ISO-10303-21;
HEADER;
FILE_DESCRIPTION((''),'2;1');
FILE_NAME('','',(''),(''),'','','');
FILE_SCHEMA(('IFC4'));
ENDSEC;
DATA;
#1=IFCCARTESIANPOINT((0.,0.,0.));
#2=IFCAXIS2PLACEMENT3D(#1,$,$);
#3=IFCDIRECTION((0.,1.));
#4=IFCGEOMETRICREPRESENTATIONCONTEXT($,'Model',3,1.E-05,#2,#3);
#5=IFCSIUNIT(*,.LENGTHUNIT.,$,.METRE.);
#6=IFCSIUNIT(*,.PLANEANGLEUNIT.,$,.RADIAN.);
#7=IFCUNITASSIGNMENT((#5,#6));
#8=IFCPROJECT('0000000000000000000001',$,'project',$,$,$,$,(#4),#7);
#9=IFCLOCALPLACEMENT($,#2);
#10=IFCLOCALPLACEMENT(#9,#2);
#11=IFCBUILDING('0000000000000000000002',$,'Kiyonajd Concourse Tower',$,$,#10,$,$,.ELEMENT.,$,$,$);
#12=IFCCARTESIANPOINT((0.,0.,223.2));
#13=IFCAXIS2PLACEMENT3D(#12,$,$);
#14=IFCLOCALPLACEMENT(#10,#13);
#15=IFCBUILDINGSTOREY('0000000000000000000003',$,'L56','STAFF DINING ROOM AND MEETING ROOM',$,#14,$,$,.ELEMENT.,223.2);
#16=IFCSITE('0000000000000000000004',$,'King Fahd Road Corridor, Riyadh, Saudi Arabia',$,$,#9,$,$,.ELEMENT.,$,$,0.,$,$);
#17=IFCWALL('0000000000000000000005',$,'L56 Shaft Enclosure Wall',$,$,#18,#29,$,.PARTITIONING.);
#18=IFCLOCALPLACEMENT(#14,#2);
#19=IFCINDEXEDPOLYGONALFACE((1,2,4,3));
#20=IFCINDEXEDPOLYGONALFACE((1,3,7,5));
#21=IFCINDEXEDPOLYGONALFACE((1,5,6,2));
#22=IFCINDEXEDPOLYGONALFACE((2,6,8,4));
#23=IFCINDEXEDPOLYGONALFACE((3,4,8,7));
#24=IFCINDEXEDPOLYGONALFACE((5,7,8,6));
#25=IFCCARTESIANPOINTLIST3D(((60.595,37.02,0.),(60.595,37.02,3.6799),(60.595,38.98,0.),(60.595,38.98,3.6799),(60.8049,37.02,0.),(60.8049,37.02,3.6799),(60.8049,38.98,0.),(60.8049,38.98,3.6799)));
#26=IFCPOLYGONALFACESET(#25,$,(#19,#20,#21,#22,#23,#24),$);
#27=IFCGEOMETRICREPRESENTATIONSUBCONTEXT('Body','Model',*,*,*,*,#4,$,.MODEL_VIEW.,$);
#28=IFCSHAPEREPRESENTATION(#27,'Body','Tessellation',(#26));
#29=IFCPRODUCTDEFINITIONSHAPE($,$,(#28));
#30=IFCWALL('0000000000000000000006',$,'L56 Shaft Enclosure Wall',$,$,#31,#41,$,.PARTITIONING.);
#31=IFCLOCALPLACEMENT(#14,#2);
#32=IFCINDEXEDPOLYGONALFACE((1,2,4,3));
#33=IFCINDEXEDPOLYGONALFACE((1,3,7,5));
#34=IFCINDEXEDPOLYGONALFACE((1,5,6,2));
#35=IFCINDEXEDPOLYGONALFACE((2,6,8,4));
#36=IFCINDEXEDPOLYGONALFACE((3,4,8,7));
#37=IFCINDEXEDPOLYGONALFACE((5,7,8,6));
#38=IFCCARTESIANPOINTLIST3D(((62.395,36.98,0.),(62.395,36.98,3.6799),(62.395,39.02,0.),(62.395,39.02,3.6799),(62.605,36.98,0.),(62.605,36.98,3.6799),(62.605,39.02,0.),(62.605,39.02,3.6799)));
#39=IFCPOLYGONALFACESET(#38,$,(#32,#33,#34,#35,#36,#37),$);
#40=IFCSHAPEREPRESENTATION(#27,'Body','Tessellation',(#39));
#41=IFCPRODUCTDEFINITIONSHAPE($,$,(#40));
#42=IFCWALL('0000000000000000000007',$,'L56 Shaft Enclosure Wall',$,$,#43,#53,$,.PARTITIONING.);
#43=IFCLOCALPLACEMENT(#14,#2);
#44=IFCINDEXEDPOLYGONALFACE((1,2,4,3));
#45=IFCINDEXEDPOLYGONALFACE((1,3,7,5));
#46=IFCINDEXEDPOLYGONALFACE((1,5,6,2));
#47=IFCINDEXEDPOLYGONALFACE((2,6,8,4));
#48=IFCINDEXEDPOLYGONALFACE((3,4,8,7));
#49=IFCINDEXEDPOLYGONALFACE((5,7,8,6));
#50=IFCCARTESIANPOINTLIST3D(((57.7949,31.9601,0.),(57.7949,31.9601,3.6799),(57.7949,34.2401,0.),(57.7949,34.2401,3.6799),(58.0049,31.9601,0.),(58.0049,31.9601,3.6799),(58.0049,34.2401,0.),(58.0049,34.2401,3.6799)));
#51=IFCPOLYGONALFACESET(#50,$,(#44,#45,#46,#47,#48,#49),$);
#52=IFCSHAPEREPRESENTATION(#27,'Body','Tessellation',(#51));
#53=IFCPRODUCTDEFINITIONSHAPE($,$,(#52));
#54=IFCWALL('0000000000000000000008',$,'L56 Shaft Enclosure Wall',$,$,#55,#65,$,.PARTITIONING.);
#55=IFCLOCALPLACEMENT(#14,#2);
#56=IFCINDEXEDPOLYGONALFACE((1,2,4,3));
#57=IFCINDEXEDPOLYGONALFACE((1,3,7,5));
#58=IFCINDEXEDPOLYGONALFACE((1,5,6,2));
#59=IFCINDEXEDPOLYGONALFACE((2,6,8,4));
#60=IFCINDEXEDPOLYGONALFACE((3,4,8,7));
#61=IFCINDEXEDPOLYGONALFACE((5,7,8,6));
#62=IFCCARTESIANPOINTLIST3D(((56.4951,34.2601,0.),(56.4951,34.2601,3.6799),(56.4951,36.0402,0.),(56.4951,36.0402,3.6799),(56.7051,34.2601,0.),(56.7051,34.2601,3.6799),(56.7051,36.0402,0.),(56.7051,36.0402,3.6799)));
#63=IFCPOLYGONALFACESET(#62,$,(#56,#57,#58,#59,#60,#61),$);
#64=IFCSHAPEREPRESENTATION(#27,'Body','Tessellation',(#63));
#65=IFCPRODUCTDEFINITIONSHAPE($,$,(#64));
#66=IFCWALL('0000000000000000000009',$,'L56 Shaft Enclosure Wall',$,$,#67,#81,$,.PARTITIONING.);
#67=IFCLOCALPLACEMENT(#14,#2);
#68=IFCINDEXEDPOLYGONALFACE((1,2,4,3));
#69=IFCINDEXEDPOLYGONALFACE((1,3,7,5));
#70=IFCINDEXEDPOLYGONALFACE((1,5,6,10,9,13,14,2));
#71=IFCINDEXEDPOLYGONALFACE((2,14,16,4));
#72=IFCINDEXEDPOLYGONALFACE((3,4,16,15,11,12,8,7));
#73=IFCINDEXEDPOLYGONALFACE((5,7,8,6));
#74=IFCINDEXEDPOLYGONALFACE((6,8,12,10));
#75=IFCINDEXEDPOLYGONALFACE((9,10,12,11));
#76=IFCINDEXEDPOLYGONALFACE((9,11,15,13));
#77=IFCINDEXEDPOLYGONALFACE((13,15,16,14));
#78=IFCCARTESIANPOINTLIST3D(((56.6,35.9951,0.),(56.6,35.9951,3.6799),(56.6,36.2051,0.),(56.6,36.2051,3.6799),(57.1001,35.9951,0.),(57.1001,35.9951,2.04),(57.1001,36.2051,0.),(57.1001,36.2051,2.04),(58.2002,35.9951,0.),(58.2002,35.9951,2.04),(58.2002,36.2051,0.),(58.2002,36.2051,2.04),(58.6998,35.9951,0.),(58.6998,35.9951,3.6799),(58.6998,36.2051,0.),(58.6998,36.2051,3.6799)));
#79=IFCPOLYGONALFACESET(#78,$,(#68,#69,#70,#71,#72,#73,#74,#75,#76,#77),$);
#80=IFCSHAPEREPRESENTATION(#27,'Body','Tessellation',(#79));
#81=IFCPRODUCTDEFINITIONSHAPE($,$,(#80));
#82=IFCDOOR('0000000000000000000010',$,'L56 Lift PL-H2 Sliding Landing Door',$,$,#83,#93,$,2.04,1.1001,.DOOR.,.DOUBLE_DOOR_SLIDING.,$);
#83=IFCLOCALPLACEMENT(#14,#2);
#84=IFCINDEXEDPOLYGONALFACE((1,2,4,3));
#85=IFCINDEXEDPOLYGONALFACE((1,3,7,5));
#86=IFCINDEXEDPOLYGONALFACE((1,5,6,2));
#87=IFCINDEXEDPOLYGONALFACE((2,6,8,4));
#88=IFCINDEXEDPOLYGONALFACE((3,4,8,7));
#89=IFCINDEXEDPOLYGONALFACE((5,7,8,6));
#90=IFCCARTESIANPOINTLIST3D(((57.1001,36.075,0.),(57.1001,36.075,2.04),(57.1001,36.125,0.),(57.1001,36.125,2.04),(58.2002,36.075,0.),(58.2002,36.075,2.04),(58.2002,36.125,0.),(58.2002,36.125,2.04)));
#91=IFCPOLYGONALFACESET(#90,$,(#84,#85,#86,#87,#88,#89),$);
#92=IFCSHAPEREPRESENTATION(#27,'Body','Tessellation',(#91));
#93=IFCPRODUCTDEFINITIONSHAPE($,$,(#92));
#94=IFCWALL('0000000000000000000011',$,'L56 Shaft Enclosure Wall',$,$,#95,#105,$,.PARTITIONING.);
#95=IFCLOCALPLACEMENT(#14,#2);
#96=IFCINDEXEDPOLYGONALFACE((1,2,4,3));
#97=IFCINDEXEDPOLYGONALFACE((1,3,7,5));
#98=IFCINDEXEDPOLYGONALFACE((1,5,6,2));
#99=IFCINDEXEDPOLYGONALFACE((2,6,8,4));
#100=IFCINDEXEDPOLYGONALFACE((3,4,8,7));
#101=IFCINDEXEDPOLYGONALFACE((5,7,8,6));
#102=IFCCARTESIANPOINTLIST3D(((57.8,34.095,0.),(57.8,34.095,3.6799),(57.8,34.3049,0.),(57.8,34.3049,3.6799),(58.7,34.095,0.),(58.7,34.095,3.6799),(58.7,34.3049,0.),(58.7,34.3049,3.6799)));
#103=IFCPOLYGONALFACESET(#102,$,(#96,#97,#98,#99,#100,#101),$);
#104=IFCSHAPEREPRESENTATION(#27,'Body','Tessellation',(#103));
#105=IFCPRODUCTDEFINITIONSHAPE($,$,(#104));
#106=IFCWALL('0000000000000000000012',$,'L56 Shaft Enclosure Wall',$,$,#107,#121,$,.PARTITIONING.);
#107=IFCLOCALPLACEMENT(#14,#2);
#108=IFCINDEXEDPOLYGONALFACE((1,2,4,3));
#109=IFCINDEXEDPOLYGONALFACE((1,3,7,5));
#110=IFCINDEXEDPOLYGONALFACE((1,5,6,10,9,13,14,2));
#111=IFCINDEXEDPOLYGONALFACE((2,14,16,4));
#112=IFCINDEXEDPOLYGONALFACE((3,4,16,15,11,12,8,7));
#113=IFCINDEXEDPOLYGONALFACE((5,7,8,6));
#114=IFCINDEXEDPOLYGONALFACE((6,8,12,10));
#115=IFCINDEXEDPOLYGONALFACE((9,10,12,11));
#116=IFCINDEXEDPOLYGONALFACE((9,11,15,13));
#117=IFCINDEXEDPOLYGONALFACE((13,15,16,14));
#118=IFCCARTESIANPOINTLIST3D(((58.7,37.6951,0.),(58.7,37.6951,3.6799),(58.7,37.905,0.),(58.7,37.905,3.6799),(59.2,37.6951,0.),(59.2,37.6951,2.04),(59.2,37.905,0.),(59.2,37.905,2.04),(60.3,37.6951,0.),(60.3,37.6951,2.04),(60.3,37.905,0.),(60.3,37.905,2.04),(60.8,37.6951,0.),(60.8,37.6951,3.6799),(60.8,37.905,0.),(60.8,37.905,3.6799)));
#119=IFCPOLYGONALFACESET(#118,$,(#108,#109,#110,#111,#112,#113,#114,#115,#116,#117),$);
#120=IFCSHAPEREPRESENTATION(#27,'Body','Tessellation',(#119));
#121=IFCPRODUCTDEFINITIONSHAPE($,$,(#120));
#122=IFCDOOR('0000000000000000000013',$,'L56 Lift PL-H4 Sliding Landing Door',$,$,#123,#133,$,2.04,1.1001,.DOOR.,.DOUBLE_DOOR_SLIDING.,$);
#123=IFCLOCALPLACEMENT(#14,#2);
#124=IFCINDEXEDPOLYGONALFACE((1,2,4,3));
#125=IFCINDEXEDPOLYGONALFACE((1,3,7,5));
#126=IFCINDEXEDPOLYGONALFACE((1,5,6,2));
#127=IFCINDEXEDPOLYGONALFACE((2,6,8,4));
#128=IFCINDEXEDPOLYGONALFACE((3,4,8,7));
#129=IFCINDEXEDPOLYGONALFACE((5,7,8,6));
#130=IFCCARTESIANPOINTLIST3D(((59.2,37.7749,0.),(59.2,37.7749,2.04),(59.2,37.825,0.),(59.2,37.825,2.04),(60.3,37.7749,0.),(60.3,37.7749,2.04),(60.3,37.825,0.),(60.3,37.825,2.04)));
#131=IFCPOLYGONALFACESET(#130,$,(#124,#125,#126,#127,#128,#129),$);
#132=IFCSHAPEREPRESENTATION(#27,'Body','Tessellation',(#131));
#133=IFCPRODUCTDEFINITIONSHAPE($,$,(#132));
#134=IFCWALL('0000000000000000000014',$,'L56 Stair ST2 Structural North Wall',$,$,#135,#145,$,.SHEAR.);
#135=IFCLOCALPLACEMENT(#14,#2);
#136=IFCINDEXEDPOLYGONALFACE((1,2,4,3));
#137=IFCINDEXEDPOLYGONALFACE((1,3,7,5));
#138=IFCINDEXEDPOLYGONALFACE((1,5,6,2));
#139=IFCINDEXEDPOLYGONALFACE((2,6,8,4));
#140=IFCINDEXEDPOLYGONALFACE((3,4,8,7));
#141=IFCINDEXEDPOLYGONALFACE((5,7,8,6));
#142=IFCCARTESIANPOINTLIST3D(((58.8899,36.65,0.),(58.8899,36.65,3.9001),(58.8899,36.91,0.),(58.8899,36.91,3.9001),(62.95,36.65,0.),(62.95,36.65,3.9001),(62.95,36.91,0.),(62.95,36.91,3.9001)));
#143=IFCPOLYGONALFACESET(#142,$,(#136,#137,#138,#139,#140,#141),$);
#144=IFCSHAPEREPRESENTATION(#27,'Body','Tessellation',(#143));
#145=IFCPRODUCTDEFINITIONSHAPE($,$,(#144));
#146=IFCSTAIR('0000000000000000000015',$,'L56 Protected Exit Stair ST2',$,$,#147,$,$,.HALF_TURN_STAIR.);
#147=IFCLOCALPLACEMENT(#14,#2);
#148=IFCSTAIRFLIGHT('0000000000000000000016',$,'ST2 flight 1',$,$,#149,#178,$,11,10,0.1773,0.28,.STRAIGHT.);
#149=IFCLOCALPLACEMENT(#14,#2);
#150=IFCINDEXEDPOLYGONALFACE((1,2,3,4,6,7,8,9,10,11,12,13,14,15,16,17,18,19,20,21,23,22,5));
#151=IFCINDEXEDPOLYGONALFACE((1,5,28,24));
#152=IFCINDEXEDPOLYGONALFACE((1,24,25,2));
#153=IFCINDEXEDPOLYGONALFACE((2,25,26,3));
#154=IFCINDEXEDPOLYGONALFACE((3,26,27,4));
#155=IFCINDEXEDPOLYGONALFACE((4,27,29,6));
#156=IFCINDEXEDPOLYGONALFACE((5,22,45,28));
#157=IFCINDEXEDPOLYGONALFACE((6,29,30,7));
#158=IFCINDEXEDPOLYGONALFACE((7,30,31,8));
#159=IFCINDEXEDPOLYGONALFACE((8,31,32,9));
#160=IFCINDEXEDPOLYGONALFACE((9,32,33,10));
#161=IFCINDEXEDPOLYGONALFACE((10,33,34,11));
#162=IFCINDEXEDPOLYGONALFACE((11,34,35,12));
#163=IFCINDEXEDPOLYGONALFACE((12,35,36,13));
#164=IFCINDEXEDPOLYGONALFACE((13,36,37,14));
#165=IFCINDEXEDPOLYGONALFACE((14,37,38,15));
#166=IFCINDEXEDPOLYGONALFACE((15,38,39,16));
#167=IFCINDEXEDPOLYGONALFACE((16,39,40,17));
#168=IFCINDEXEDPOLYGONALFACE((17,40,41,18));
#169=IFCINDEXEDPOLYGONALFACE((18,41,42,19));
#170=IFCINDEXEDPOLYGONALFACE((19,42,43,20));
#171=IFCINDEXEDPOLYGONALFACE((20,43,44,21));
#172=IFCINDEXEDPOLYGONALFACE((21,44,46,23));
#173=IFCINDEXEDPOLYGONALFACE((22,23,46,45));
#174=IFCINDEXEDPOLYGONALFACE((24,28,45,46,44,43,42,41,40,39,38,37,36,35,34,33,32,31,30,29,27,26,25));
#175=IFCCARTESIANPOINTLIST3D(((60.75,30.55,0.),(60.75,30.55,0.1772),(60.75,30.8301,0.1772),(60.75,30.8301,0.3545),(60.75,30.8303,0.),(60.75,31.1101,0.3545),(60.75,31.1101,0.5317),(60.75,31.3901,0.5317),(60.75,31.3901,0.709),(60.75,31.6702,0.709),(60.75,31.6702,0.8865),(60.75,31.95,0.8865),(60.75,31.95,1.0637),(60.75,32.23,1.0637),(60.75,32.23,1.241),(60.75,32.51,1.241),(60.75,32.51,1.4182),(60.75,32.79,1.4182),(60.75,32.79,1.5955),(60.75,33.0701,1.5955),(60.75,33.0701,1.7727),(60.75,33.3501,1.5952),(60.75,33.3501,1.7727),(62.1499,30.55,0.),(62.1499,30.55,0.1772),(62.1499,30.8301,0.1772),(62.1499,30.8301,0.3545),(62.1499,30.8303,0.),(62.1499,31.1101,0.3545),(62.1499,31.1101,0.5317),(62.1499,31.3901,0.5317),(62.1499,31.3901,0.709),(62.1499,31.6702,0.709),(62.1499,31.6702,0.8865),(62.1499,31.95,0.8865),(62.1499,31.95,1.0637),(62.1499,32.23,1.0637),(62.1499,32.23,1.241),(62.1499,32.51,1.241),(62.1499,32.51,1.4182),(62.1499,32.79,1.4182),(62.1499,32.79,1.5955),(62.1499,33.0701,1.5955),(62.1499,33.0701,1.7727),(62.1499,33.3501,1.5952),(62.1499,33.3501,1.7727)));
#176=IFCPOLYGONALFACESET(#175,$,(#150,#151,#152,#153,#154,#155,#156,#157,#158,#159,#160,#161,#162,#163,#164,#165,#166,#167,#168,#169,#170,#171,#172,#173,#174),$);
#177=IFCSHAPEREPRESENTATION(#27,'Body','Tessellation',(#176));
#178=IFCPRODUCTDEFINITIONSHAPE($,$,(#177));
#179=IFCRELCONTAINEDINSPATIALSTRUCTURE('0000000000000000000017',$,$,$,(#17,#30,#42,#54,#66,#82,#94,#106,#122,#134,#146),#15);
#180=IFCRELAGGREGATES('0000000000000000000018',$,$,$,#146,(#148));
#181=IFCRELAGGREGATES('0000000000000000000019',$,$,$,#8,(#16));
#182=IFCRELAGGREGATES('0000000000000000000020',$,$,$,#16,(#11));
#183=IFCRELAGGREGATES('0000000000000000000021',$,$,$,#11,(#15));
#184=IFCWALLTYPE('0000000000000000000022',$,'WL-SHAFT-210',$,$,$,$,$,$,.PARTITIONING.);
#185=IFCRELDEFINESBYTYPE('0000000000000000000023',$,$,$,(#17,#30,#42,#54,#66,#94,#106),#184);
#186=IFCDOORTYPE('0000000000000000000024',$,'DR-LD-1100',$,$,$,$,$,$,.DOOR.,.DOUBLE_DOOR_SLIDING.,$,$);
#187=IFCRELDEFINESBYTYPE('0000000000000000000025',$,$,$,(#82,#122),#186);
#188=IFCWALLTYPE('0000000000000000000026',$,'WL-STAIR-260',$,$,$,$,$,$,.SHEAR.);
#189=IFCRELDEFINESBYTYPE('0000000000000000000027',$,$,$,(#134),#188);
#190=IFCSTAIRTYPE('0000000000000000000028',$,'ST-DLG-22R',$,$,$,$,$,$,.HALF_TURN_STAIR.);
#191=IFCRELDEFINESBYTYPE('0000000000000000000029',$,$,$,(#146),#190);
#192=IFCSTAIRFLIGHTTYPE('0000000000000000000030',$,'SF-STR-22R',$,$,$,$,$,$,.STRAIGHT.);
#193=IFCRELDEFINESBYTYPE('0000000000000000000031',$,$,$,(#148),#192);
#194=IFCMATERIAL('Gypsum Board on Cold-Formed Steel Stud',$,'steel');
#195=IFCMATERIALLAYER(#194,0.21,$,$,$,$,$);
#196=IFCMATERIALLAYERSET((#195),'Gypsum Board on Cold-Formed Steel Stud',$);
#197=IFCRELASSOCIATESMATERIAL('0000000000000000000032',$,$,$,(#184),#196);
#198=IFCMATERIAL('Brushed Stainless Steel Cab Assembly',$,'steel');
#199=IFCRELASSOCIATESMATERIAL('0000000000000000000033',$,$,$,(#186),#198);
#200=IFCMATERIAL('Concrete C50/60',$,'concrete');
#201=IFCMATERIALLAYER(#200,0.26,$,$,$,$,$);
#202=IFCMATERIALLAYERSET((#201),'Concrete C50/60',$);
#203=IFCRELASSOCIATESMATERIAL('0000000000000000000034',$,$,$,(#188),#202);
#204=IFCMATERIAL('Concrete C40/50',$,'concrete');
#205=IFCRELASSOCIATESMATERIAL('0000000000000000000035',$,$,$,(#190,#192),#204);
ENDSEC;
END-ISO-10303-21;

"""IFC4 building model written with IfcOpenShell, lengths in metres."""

from ifc_helpers import new_model, si_unit, direction, frame, frame_2d, origin, place, context, subcontext, project, spatial, polyline, rectangle, outline, extrude, material, layer, layer_set, type_object, element, fill, aggregate, save


model = new_model("IFC4")

# Units and contexts
model_context = context("Model", 3, precision=1e-05, world=origin(), true_north=direction((0.0, 1.0)))
body_context = subcontext(model_context, "Body", "Model", "MODEL_VIEW")
ifc_project = project(units=[si_unit("LENGTHUNIT", "METRE"), si_unit("PLANEANGLEUNIT", "RADIAN")], contexts=[model_context])

# Site, building, storey
site_placement = place(None, origin())
site = spatial("IfcSite", under=ifc_project, at=site_placement, Name="King Fahd Road Corridor, Riyadh, Saudi Arabia", CompositionType="ELEMENT", RefElevation=0.0)
building_placement = place(site_placement, origin())
building = spatial("IfcBuilding", under=site, at=building_placement, Name="Kiyonajd Concourse Tower", CompositionType="ELEMENT")
storey_placement = place(building_placement, frame((0.0, 0.0, 223.2)))
storey = spatial("IfcBuildingStorey", under=building, at=storey_placement, Name="L56", Description="STAFF DINING ROOM AND MEETING ROOM", CompositionType="ELEMENT", Elevation=223.2)

# Shared definitions
ifc_material_1 = material(Name="Gypsum Board on Cold-Formed Steel Stud", Category="steel")

# Walls
ifc_layer_1 = layer(ifc_material_1, 0.21)
ifc_layer_set_1 = layer_set([ifc_layer_1], Name="Gypsum Board on Cold-Formed Steel Stud")
wall_type_1 = type_object("IfcWallType", Name="WL-SHAFT-210", PredefinedType="PARTITIONING", material=ifc_layer_set_1)
wall_1_placement = place(storey_placement, frame((60.7, 37.02, 0.0), z_axis=(0.0, 0.0, 1.0), x_axis=(0.0, 1.0, 0.0)))
element("IfcWall", 1, at=wall_1_placement, inside=storey, type_object=wall_type_1, Name="L56 Shaft Enclosure Wall", PredefinedType="PARTITIONING", context=body_context, shape_type="SweptSolid", body=[
    extrude(rectangle(XDim=1.96, YDim=0.21, at=frame_2d((0.98, 0.0))), origin(), (0.0, 0.0, 1.0), 3.6799),
])
wall_2_placement = place(storey_placement, frame((62.5, 36.98, 0.0), z_axis=(0.0, 0.0, 1.0), x_axis=(0.0, 1.0, 0.0)))
element("IfcWall", 2, at=wall_2_placement, inside=storey, type_object=wall_type_1, Name="L56 Shaft Enclosure Wall", PredefinedType="PARTITIONING", context=body_context, shape_type="SweptSolid", body=[
    extrude(rectangle(XDim=2.04, YDim=0.21, at=frame_2d((1.02, 0.0))), origin(), (0.0, 0.0, 1.0), 3.6799),
])
wall_3_placement = place(storey_placement, frame((57.8999, 31.96, 0.0), z_axis=(0.0, 0.0, 1.0), x_axis=(0.0, 1.0, 0.0)))
element("IfcWall", 3, at=wall_3_placement, inside=storey, type_object=wall_type_1, Name="L56 Shaft Enclosure Wall", PredefinedType="PARTITIONING", context=body_context, shape_type="SweptSolid", body=[
    extrude(rectangle(XDim=2.28, YDim=0.21, at=frame_2d((1.1401, 0.0))), origin(), (0.0, 0.0, 1.0), 3.6799),
])
wall_4_placement = place(storey_placement, frame((56.6001, 34.26, 0.0), z_axis=(0.0, 0.0, 1.0), x_axis=(0.0, 1.0, 0.0)))
element("IfcWall", 4, at=wall_4_placement, inside=storey, type_object=wall_type_1, Name="L56 Shaft Enclosure Wall", PredefinedType="PARTITIONING", context=body_context, shape_type="SweptSolid", body=[
    extrude(rectangle(XDim=1.78, YDim=0.21, at=frame_2d((0.8901, 0.0))), origin(), (0.0, 0.0, 1.0), 3.6799),
])

# Wall, opening, door
wall_5_placement = place(storey_placement, frame((56.6001, 36.1001, 0.0), z_axis=(0.0, 0.0, 1.0), x_axis=(1.0, 0.0, 0.0)))
wall_5 = element("IfcWall", 5, at=wall_5_placement, inside=storey, type_object=wall_type_1, Name="L56 Shaft Enclosure Wall", PredefinedType="PARTITIONING", context=body_context, shape_type="SweptSolid", body=[
    extrude(rectangle(XDim=2.0999, YDim=0.21, at=frame_2d((1.0498, 0.0))), origin(), (0.0, 0.0, 1.0), 3.6799),
])
opening_1_placement = place(wall_5_placement, frame((0.5, 0.0, 0.0)))
opening_1 = element("IfcOpeningElement", 6, at=opening_1_placement, cuts=wall_5, PredefinedType="OPENING", context=body_context, shape_type="SweptSolid", body=[
    extrude(rectangle(XDim=1.1001, YDim=2.04, at=frame_2d((0.55, 1.02))), frame((0.0, 0.115, 0.0), z_axis=(0.0, -1.0, 0.0), x_axis=(1.0, 0.0, 0.0)), (0.0, 0.0, 1.0), 0.23),
])
ifc_material_2 = material(Name="Brushed Stainless Steel Cab Assembly", Category="steel")
door_type_1 = type_object("IfcDoorType", Name="DR-LD-1100", OperationType="DOUBLE_DOOR_SLIDING", PredefinedType="DOOR", material=ifc_material_2)
door_1_placement = place(opening_1_placement, origin())
door_1 = element("IfcDoor", 7, at=door_1_placement, inside=storey, type_object=door_type_1, Name="L56 Lift PL-H2 Sliding Landing Door", OperationType="DOUBLE_DOOR_SLIDING", OverallHeight=2.04, OverallWidth=1.1001, PredefinedType="DOOR", context=body_context, shape_type="SweptSolid", body=[
    extrude(rectangle(XDim=1.1001, YDim=2.04, at=frame_2d((0.55, 1.02))), frame((0.0, 0.0249, 0.0), z_axis=(0.0, -1.0, 0.0), x_axis=(1.0, 0.0, 0.0)), (0.0, 0.0, 1.0), 0.05),
])
fill(opening_1, door_1)

# Wall
wall_6_placement = place(storey_placement, frame((57.8, 34.2, 0.0), z_axis=(0.0, 0.0, 1.0), x_axis=(1.0, 0.0, 0.0)))
element("IfcWall", 8, at=wall_6_placement, inside=storey, type_object=wall_type_1, Name="L56 Shaft Enclosure Wall", PredefinedType="PARTITIONING", context=body_context, shape_type="SweptSolid", body=[
    extrude(rectangle(XDim=0.8999, YDim=0.21, at=frame_2d((0.45, 0.0))), origin(), (0.0, 0.0, 1.0), 3.6799),
])

# Wall, opening, door
wall_7_placement = place(storey_placement, frame((58.7, 37.8, 0.0), z_axis=(0.0, 0.0, 1.0), x_axis=(1.0, 0.0, 0.0)))
wall_7 = element("IfcWall", 9, at=wall_7_placement, inside=storey, type_object=wall_type_1, Name="L56 Shaft Enclosure Wall", PredefinedType="PARTITIONING", context=body_context, shape_type="SweptSolid", body=[
    extrude(rectangle(XDim=2.1001, YDim=0.21, at=frame_2d((1.05, 0.0))), origin(), (0.0, 0.0, 1.0), 3.6799),
])
opening_2_placement = place(wall_7_placement, frame((0.5, 0.0, 0.0)))
opening_2 = element("IfcOpeningElement", 10, at=opening_2_placement, cuts=wall_7, PredefinedType="OPENING", context=body_context, shape_type="SweptSolid", body=[
    extrude(rectangle(XDim=1.1001, YDim=2.04, at=frame_2d((0.55, 1.02))), frame((0.0, 0.115, 0.0), z_axis=(0.0, -1.0, 0.0), x_axis=(1.0, 0.0, 0.0)), (0.0, 0.0, 1.0), 0.23),
])
door_2_placement = place(opening_2_placement, origin())
door_2 = element("IfcDoor", 11, at=door_2_placement, inside=storey, type_object=door_type_1, Name="L56 Lift PL-H4 Sliding Landing Door", OperationType="DOUBLE_DOOR_SLIDING", OverallHeight=2.04, OverallWidth=1.1001, PredefinedType="DOOR", context=body_context, shape_type="SweptSolid", body=[
    extrude(rectangle(XDim=1.1001, YDim=2.04, at=frame_2d((0.55, 1.02))), frame((0.0, 0.0249, 0.0), z_axis=(0.0, -1.0, 0.0), x_axis=(1.0, 0.0, 0.0)), (0.0, 0.0, 1.0), 0.05),
])
fill(opening_2, door_2)

# Wall
ifc_material_3 = material(Name="Concrete C50/60", Category="concrete")
ifc_layer_2 = layer(ifc_material_3, 0.26)
ifc_layer_set_2 = layer_set([ifc_layer_2], Name="Concrete C50/60")
wall_type_2 = type_object("IfcWallType", Name="WL-STAIR-260", PredefinedType="SHEAR", material=ifc_layer_set_2)
wall_8_placement = place(storey_placement, frame((58.8899, 36.78, 0.0), z_axis=(0.0, 0.0, 1.0), x_axis=(1.0, 0.0, 0.0)))
element("IfcWall", 12, at=wall_8_placement, inside=storey, type_object=wall_type_2, Name="L56 Stair ST2 Structural North Wall", PredefinedType="SHEAR", context=body_context, shape_type="SweptSolid", body=[
    extrude(rectangle(XDim=4.0601, YDim=0.26, at=frame_2d((2.03, 0.0))), origin(), (0.0, 0.0, 1.0), 3.9001),
])

# Stair, stair flight
ifc_material_4 = material(Name="Concrete C40/50", Category="concrete")
stair_type = type_object("IfcStairType", Name="ST-DLG-22R", PredefinedType="HALF_TURN_STAIR", material=ifc_material_4)
stair_placement = place(storey_placement, origin())
stair = element("IfcStair", 13, at=stair_placement, inside=storey, type_object=stair_type, Name="L56 Protected Exit Stair ST2", PredefinedType="HALF_TURN_STAIR")
stair_flight_type = type_object("IfcStairFlightType", Name="SF-STR-22R", PredefinedType="STRAIGHT", material=ifc_material_4)
stair_flight_1_placement = place(storey_placement, frame((61.45, 30.55, 0.0), z_axis=(0.0, 0.0, 1.0), x_axis=(0.0, 1.0, 0.0)))
stair_flight_1 = element("IfcStairFlight", 14, at=stair_flight_1_placement, type_object=stair_flight_type, Name="ST2 flight 1", NumberOfRisers=11, NumberOfTreads=10, PredefinedType="STRAIGHT", RiserHeight=0.1773, TreadLength=0.28, context=body_context, shape_type="SweptSolid", body=[
    extrude(outline(polyline([(0.0, 0.0), (0.0, 0.1772), (0.28, 0.1772), (0.28, 0.3545), (0.5601, 0.3545), (0.5601, 0.5317), (0.8401, 0.5317), (0.8401, 0.709), (1.1201, 0.709), (1.1201, 0.8865), (1.3999, 0.8865), (1.3999, 1.0637), (1.6799, 1.0637), (1.6799, 1.241), (1.96, 1.241), (1.96, 1.4182), (2.24, 1.4182), (2.24, 1.5955), (2.52, 1.5955), (2.52, 1.7727), (2.8, 1.7727), (2.8, 1.95), (2.8, 1.5952), (0.2803, 0.0), (0.0, 0.0)])), frame((0.0, 0.7, 0.0), z_axis=(0.0, -1.0, 0.0), x_axis=(1.0, 0.0, 0.0)), (0.0, 0.0, 1.0), 1.3999),
])
aggregate(stair, [stair_flight_1])

save(model, "model.ifc")
